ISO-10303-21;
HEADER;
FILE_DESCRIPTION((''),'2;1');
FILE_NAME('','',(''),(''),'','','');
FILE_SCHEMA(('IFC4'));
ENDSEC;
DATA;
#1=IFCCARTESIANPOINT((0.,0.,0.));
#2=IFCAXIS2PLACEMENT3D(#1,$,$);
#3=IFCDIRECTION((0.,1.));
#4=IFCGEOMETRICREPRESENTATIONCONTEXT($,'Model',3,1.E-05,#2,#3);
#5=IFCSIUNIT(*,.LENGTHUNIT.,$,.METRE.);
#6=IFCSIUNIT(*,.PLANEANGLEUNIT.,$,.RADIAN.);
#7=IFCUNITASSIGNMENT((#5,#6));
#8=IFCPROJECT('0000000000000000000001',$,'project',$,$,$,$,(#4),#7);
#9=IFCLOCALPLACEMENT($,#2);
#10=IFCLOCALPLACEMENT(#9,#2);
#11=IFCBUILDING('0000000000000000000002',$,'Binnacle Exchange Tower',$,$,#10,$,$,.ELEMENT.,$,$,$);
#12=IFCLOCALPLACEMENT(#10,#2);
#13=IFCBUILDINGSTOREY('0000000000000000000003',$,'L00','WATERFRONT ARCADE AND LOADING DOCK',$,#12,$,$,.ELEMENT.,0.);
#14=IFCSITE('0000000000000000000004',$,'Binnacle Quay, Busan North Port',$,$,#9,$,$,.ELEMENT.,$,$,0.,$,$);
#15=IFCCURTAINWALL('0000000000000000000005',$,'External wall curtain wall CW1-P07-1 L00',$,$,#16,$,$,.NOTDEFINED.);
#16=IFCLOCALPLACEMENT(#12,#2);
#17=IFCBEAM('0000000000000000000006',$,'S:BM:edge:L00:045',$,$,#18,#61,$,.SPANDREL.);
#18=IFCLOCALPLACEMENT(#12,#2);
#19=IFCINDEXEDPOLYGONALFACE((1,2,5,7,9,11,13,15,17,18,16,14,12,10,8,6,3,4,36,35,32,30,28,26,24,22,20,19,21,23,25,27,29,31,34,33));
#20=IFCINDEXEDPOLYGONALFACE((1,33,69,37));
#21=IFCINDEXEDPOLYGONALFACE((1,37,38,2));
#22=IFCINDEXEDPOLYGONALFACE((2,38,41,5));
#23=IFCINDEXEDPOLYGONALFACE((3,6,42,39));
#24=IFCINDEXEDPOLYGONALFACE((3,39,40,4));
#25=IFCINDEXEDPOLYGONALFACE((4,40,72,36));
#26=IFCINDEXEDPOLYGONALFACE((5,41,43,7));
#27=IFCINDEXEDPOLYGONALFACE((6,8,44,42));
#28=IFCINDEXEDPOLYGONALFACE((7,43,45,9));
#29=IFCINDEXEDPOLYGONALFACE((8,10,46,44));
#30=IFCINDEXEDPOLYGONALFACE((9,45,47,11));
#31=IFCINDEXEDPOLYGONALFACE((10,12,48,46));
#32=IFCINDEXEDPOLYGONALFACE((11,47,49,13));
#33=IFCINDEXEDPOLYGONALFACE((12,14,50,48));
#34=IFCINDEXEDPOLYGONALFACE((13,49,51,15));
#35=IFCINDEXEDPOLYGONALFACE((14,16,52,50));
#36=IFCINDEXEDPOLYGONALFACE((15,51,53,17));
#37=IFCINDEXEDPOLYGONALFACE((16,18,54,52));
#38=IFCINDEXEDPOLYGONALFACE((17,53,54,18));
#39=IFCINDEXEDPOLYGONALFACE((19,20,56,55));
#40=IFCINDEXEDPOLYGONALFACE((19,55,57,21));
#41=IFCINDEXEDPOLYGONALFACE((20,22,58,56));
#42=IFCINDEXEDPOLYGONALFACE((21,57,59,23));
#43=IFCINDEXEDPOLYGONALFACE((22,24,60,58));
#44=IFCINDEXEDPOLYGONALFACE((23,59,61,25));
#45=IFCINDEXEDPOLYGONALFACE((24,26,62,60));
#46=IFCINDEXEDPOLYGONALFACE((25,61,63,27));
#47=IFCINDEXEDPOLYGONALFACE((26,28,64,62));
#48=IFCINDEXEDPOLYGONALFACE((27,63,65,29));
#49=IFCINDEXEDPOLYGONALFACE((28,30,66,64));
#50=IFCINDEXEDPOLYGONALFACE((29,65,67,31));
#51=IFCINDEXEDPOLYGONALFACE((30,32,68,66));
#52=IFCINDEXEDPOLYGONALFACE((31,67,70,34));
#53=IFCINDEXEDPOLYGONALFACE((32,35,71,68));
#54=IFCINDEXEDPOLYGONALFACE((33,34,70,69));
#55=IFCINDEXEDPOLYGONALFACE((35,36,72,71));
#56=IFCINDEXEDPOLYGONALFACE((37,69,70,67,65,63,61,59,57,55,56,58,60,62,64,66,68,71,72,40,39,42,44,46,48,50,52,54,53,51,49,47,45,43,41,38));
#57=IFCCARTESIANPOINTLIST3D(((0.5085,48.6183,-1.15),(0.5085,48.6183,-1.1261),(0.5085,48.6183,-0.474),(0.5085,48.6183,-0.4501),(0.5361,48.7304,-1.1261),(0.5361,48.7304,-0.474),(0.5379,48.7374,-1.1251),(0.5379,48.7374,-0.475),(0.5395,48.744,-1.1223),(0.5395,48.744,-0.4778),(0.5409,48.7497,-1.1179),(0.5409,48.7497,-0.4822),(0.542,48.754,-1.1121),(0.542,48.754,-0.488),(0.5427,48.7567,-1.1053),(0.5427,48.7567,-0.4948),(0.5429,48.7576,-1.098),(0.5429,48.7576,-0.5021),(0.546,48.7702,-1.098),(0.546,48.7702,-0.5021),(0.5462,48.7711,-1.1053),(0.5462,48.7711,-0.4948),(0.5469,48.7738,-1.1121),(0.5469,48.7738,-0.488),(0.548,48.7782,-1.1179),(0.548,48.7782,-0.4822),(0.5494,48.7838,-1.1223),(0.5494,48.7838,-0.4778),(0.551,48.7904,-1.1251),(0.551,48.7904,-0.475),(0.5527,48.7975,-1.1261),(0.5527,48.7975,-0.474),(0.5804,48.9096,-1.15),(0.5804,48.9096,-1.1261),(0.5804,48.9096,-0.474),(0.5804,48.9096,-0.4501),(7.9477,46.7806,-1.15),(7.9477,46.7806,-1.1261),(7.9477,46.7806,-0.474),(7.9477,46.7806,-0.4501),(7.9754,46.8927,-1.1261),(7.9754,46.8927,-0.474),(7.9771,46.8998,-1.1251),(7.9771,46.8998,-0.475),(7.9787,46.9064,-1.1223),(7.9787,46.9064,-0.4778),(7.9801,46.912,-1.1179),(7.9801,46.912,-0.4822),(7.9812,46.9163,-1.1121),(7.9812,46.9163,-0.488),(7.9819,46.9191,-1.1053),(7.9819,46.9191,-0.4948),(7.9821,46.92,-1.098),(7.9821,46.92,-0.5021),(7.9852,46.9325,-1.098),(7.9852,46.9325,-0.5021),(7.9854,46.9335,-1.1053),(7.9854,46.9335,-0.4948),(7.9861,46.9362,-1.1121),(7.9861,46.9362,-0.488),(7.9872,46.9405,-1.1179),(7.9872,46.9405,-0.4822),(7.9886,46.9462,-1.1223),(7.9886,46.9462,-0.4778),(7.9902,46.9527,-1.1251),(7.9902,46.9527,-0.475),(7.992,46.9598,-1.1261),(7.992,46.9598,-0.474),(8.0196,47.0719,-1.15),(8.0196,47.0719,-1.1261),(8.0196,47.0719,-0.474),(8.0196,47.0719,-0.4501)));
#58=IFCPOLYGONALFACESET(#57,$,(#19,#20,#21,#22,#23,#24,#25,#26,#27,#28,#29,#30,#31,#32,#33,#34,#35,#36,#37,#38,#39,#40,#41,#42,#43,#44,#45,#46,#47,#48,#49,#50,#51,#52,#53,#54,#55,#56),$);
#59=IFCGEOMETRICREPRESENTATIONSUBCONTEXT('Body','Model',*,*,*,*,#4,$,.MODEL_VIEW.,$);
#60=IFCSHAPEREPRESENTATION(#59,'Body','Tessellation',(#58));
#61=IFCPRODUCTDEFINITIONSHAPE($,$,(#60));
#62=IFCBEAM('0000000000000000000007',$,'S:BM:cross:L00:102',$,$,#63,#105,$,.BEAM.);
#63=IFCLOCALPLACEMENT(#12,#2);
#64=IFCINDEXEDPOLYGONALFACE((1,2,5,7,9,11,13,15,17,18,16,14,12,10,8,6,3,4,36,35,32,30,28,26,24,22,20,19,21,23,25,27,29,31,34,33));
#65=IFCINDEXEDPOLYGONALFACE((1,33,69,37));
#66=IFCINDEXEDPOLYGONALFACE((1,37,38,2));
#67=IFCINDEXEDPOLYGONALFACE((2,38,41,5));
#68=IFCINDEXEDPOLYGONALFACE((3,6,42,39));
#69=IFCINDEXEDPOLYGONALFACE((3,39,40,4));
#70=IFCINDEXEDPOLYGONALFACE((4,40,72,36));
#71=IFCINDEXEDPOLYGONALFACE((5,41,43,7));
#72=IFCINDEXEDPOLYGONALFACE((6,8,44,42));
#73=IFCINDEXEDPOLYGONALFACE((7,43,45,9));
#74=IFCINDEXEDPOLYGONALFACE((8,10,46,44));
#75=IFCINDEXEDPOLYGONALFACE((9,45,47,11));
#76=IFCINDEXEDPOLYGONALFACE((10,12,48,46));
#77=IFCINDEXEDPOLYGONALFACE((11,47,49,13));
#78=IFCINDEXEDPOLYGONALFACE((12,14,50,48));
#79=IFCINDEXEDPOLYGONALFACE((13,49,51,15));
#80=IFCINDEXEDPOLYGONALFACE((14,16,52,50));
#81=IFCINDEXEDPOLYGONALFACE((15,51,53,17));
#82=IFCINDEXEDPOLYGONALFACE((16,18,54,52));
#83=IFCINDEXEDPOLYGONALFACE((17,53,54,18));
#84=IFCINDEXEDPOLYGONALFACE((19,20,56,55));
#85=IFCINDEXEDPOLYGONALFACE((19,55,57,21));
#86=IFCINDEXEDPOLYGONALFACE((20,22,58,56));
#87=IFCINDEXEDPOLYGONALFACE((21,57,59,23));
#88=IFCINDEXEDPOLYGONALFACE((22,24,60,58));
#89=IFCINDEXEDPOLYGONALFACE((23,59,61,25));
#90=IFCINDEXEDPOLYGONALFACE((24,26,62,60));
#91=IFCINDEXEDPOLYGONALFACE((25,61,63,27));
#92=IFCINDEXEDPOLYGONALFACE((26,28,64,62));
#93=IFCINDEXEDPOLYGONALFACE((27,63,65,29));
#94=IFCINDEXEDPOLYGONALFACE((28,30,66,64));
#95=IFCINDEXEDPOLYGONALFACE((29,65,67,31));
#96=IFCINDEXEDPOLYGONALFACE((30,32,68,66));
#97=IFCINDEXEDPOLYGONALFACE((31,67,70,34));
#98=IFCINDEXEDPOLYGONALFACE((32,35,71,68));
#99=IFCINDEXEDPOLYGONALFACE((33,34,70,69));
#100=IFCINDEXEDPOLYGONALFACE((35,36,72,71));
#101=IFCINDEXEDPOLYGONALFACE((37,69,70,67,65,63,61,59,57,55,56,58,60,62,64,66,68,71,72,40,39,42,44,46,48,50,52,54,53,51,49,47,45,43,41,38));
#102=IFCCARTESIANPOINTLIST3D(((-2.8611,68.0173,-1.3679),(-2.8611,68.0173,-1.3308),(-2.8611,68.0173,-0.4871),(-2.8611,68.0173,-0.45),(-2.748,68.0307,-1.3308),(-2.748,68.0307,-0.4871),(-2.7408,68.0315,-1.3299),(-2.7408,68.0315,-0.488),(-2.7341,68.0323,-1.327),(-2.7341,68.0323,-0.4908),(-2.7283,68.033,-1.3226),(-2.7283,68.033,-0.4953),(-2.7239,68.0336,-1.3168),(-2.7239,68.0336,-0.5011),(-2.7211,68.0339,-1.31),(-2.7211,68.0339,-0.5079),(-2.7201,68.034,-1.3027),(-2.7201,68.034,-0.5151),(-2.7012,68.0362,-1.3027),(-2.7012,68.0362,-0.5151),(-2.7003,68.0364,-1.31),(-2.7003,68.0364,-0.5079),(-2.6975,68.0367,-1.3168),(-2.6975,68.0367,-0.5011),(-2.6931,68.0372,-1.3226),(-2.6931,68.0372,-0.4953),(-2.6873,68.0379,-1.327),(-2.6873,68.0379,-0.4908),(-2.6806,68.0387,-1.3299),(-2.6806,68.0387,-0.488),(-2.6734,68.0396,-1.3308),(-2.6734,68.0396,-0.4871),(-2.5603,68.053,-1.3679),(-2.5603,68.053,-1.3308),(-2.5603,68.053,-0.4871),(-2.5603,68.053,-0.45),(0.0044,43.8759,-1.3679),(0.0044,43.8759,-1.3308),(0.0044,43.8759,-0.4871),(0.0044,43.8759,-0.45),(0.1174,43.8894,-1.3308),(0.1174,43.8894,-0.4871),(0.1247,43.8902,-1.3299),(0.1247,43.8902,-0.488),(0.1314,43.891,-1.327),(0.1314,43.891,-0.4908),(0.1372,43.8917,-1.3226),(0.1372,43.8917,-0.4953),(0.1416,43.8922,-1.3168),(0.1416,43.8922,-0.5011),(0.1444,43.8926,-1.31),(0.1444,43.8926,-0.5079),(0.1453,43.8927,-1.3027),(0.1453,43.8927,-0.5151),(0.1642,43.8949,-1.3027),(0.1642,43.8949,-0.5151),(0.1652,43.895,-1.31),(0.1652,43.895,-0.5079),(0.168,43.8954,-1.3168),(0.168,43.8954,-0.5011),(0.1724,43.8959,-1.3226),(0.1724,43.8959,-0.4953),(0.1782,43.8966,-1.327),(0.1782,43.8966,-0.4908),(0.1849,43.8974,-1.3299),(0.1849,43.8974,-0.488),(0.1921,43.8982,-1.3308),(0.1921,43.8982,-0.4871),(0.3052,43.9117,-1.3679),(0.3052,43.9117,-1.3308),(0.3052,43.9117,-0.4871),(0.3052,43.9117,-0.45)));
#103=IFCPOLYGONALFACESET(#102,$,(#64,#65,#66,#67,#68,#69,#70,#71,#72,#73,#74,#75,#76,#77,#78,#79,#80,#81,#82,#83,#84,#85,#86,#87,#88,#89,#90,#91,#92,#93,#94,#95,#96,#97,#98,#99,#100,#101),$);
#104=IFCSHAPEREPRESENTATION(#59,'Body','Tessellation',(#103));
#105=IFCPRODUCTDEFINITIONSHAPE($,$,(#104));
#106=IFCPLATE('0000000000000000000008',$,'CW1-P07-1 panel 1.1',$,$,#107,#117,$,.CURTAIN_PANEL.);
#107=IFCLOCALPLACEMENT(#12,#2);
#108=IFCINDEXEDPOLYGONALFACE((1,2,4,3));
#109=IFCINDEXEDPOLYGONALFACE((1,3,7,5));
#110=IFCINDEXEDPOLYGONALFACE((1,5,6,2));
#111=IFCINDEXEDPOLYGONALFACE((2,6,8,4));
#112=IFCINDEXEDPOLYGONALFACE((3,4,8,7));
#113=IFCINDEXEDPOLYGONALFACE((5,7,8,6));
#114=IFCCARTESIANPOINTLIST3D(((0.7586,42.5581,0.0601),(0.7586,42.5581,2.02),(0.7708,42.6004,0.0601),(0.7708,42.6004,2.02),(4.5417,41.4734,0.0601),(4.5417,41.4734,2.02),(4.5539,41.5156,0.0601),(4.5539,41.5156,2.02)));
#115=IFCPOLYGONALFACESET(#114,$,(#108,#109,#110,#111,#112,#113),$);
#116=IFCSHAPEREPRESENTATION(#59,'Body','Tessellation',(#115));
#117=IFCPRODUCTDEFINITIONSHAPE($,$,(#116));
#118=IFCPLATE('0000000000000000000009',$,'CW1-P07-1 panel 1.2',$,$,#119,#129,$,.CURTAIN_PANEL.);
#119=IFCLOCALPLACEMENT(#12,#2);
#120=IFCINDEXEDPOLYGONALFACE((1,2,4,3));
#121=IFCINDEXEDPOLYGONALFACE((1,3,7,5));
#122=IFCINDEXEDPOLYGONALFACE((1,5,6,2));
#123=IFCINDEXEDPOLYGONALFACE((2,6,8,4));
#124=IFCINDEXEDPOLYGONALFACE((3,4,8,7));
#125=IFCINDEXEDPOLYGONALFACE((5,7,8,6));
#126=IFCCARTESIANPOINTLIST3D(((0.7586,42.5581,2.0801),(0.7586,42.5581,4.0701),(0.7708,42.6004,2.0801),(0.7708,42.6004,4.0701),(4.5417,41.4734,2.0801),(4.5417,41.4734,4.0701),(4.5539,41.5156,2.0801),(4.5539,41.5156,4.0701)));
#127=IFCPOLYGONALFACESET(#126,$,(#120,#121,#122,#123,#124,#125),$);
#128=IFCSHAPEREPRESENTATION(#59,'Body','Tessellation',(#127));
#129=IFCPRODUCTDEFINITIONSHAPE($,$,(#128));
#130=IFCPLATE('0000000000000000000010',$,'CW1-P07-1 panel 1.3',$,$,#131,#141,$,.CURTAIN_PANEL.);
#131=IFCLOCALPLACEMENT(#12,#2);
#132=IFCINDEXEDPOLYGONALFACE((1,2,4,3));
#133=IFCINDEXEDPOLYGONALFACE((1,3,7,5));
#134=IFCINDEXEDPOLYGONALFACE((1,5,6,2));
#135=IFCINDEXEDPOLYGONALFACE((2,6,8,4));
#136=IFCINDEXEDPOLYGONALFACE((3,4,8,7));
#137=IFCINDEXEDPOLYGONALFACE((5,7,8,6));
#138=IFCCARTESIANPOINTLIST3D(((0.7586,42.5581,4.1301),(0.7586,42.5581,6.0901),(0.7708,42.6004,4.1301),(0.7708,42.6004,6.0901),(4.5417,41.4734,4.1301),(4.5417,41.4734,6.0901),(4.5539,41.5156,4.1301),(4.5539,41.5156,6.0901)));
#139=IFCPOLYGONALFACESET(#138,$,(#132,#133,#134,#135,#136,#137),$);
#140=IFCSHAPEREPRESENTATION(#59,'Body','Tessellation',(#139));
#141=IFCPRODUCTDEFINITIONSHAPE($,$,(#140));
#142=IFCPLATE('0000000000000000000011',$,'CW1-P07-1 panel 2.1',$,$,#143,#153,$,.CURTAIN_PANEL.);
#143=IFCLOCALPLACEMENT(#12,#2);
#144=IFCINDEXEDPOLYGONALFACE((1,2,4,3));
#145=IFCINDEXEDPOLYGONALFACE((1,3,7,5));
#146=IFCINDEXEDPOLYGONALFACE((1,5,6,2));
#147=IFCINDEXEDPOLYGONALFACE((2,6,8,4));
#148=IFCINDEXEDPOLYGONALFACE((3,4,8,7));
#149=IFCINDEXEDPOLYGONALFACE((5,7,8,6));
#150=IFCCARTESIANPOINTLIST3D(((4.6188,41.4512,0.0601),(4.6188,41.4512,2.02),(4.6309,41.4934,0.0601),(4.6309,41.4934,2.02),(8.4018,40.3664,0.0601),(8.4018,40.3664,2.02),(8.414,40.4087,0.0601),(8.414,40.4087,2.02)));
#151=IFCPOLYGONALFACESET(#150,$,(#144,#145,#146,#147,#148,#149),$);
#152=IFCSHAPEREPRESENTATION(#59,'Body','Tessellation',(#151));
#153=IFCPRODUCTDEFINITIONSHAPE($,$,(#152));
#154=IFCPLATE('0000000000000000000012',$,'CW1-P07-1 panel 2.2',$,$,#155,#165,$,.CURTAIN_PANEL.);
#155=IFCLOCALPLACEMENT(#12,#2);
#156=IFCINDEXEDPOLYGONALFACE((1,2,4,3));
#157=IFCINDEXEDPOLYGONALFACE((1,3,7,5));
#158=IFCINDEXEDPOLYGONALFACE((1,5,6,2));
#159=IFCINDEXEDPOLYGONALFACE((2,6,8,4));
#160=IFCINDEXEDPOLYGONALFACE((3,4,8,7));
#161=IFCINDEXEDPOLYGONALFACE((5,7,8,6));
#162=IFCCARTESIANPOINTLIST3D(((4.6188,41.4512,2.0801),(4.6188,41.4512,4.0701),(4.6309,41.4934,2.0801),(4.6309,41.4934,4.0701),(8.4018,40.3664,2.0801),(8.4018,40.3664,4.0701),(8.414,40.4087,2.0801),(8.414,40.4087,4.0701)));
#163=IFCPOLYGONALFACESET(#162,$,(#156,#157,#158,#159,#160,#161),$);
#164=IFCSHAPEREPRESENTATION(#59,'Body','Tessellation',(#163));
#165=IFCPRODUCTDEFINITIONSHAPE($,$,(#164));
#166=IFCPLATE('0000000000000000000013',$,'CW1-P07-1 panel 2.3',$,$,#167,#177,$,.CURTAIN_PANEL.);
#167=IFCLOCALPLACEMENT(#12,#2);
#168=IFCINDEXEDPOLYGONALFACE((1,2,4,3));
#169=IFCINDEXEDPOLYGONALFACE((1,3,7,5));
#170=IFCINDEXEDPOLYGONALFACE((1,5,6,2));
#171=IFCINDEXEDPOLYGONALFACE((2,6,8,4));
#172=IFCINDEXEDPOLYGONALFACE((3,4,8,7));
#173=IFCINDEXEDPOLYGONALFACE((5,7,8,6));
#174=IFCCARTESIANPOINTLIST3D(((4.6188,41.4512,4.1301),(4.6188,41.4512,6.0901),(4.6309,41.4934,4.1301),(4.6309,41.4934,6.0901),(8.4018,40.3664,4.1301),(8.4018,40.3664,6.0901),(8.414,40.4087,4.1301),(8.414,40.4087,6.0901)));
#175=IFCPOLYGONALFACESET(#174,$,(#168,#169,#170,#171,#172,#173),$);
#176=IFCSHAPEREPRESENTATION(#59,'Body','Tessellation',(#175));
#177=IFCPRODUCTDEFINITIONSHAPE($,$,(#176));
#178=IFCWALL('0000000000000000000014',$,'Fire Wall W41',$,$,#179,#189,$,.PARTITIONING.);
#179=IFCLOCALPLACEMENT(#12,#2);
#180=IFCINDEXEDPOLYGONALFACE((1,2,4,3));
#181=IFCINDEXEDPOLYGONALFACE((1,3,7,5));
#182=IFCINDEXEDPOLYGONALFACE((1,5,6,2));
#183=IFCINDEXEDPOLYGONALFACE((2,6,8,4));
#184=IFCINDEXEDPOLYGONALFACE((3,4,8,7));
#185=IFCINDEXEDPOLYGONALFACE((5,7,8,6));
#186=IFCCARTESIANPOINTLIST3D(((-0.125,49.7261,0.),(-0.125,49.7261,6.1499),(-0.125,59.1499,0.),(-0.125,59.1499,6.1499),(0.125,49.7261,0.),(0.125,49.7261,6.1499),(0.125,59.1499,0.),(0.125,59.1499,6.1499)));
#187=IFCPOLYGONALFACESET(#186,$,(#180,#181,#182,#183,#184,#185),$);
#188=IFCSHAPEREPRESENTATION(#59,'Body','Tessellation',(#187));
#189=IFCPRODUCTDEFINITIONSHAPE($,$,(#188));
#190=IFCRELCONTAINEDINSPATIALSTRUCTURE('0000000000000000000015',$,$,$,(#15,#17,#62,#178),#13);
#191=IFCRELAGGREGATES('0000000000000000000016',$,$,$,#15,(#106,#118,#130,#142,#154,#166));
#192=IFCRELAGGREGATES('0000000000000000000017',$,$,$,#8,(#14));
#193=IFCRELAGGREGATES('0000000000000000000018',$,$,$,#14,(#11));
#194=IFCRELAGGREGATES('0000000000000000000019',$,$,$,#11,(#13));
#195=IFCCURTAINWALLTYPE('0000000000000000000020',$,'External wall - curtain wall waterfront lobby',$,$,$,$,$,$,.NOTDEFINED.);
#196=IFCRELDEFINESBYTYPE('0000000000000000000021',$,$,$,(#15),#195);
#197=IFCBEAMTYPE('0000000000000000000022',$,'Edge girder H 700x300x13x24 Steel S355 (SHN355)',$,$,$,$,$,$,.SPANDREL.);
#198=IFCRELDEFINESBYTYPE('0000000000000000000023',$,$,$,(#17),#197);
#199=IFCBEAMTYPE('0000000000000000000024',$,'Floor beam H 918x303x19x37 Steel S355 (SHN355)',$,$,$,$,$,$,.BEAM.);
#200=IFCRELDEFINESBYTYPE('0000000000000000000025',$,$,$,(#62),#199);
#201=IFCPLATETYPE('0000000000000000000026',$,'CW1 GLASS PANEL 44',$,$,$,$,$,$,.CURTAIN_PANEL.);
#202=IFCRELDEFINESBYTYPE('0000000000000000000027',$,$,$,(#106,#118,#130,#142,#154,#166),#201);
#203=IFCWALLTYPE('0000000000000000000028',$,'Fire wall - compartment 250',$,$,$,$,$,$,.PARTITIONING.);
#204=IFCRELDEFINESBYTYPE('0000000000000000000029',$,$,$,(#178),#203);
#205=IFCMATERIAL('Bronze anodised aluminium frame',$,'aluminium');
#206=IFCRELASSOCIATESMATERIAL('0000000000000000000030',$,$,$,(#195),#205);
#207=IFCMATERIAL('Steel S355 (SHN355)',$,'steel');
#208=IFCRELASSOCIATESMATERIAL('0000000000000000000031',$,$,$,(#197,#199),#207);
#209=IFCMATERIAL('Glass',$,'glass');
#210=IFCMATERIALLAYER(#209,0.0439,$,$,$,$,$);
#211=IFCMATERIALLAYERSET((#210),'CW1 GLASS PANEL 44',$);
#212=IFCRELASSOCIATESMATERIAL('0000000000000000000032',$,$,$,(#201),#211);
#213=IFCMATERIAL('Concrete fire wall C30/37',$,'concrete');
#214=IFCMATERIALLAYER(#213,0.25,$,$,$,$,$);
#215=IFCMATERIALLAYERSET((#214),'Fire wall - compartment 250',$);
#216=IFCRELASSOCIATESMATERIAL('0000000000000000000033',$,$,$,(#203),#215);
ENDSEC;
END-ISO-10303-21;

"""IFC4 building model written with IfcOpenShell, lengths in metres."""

from ifc_helpers import new_model, si_unit, direction, frame, frame_2d, origin, origin_2d, place, context, subcontext, project, spatial, rectangle, i_section, extrude, material, layer, layer_set, material_profile, profile_set, type_object, element, aggregate, save


model = new_model("IFC4")

# Units and contexts
model_context = context("Model", 3, precision=1e-05, world=origin(), true_north=direction((0.0, 1.0)))
body_context = subcontext(model_context, "Body", "Model", "MODEL_VIEW")
ifc_project = project(units=[si_unit("LENGTHUNIT", "METRE"), si_unit("PLANEANGLEUNIT", "RADIAN")], contexts=[model_context])

# Site, building, storey
site_placement = place(None, origin())
site = spatial("IfcSite", under=ifc_project, at=site_placement, Name="Binnacle Quay, Busan North Port", CompositionType="ELEMENT", RefElevation=0.0)
building_placement = place(site_placement, origin())
building = spatial("IfcBuilding", under=site, at=building_placement, Name="Binnacle Exchange Tower", CompositionType="ELEMENT")
storey_placement = place(building_placement, origin())
storey = spatial("IfcBuildingStorey", under=building, at=storey_placement, Name="L00", Description="WATERFRONT ARCADE AND LOADING DOCK", CompositionType="ELEMENT", Elevation=0.0)

# Shared definitions
ifc_material_1 = material(Name="Bronze anodised aluminium frame", Category="aluminium")
curtain_wall_type = type_object("IfcCurtainWallType", Name="External wall - curtain wall waterfront lobby", PredefinedType="NOTDEFINED", material=ifc_material_1)

# Curtain wall
curtain_wall_1_placement = place(storey_placement, origin())
curtain_wall_1 = element("IfcCurtainWall", 1, at=curtain_wall_1_placement, inside=storey, type_object=curtain_wall_type, Name="External wall curtain wall CW1-P07-1 L00", PredefinedType="NOTDEFINED")

# Beams
ifc_material_2 = material(Name="Steel S355 (SHN355)", Category="steel")
ifc_material_profile_1 = material_profile(ifc_material_2, i_section(OverallWidth=0.3, OverallDepth=0.7, WebThickness=0.0129, FlangeThickness=0.0239, FilletRadius=0.0281, at=origin_2d()), Name="H 700x300x13x24")
ifc_profile_set_1 = profile_set([ifc_material_profile_1], Name="Steel S355 (SHN355)")
beam_type_1 = type_object("IfcBeamType", Name="Edge girder H 700x300x13x24 Steel S355 (SHN355)", PredefinedType="SPANDREL", material=ifc_profile_set_1)
beam_1_placement = place(storey_placement, frame((0.5444, 48.7639, -0.8), z_axis=(0.970819, -0.239813, 0.0), x_axis=(0.239813, 0.970819, 0.0)))
element("IfcBeam", 2, at=beam_1_placement, inside=storey, type_object=beam_type_1, Name="S:BM:edge:L00:045", PredefinedType="SPANDREL", context=body_context, shape_type="SweptSolid", body=[
    extrude(i_section(OverallWidth=0.3, OverallDepth=0.7, WebThickness=0.0129, FlangeThickness=0.0239, FilletRadius=0.0281, at=origin_2d()), origin(), (0.0, 0.0, 1.0), 7.6628),
])
ifc_material_profile_2 = material_profile(ifc_material_2, i_section(OverallWidth=0.303, OverallDepth=0.918, WebThickness=0.019, FlangeThickness=0.0371, FilletRadius=0.0281, at=origin_2d()), Name="H 918x303x19x37")
ifc_profile_set_2 = profile_set([ifc_material_profile_2], Name="Steel S355 (SHN355)")
beam_type_2 = type_object("IfcBeamType", Name="Floor beam H 918x303x19x37 Steel S355 (SHN355)", PredefinedType="BEAM", material=ifc_profile_set_2)
beam_2_placement = place(storey_placement, frame((0.1548, 43.8938, -0.9089), z_axis=(-0.117868, 0.993029, 0.0), x_axis=(-0.993029, -0.117868, 0.0)))
element("IfcBeam", 3, at=beam_2_placement, inside=storey, type_object=beam_type_2, Name="S:BM:cross:L00:102", PredefinedType="BEAM", context=body_context, shape_type="SweptSolid", body=[
    extrude(i_section(OverallWidth=0.303, OverallDepth=0.918, WebThickness=0.019, FlangeThickness=0.0371, FilletRadius=0.0281, at=origin_2d()), origin(), (0.0, 0.0, 1.0), 24.3108),
])

# Plates
ifc_material_3 = material(Name="Glass", Category="glass")
ifc_layer_1 = layer(ifc_material_3, 0.0439)
ifc_layer_set_1 = layer_set([ifc_layer_1], Name="CW1 GLASS PANEL 44")
plate_type = type_object("IfcPlateType", Name="CW1 GLASS PANEL 44", PredefinedType="CURTAIN_PANEL", material=ifc_layer_set_1)
plate_1_placement = place(storey_placement, frame((2.6562, 42.0369, 0.0601), z_axis=(0.0, 0.0, 1.0), x_axis=(0.961262, -0.275637, 0.0)))
plate_1 = element("IfcPlate", 4, at=plate_1_placement, type_object=plate_type, Name="CW1-P07-1 panel 1.1", PredefinedType="CURTAIN_PANEL", context=body_context, shape_type="SweptSolid", body=[
    extrude(rectangle(XDim=3.9355, YDim=0.0439, at=origin_2d()), origin(), (0.0, 0.0, 1.0), 1.96),
])
plate_2_placement = place(storey_placement, frame((2.6562, 42.0369, 2.0801), z_axis=(0.0, 0.0, 1.0), x_axis=(0.961262, -0.275637, 0.0)))
plate_2 = element("IfcPlate", 5, at=plate_2_placement, type_object=plate_type, Name="CW1-P07-1 panel 1.2", PredefinedType="CURTAIN_PANEL", context=body_context, shape_type="SweptSolid", body=[
    extrude(rectangle(XDim=3.9355, YDim=0.0439, at=origin_2d()), origin(), (0.0, 0.0, 1.0), 1.99),
])
plate_3_placement = place(storey_placement, frame((2.6562, 42.0369, 4.1301), z_axis=(0.0, 0.0, 1.0), x_axis=(0.961262, -0.275637, 0.0)))
plate_3 = element("IfcPlate", 6, at=plate_3_placement, type_object=plate_type, Name="CW1-P07-1 panel 1.3", PredefinedType="CURTAIN_PANEL", context=body_context, shape_type="SweptSolid", body=[
    extrude(rectangle(XDim=3.9355, YDim=0.0439, at=origin_2d()), origin(), (0.0, 0.0, 1.0), 1.96),
])
plate_4_placement = place(storey_placement, frame((6.5164, 40.9299, 0.0601), z_axis=(0.0, 0.0, 1.0), x_axis=(0.961262, -0.275637, 0.0)))
plate_4 = element("IfcPlate", 7, at=plate_4_placement, type_object=plate_type, Name="CW1-P07-1 panel 2.1", PredefinedType="CURTAIN_PANEL", context=body_context, shape_type="SweptSolid", body=[
    extrude(rectangle(XDim=3.9355, YDim=0.0439, at=origin_2d()), origin(), (0.0, 0.0, 1.0), 1.96),
])
plate_5_placement = place(storey_placement, frame((6.5164, 40.9299, 2.0801), z_axis=(0.0, 0.0, 1.0), x_axis=(0.961262, -0.275637, 0.0)))
plate_5 = element("IfcPlate", 8, at=plate_5_placement, type_object=plate_type, Name="CW1-P07-1 panel 2.2", PredefinedType="CURTAIN_PANEL", context=body_context, shape_type="SweptSolid", body=[
    extrude(rectangle(XDim=3.9355, YDim=0.0439, at=origin_2d()), origin(), (0.0, 0.0, 1.0), 1.99),
])
plate_6_placement = place(storey_placement, frame((6.5164, 40.9299, 4.1301), z_axis=(0.0, 0.0, 1.0), x_axis=(0.961262, -0.275637, 0.0)))
plate_6 = element("IfcPlate", 9, at=plate_6_placement, type_object=plate_type, Name="CW1-P07-1 panel 2.3", PredefinedType="CURTAIN_PANEL", context=body_context, shape_type="SweptSolid", body=[
    extrude(rectangle(XDim=3.9355, YDim=0.0439, at=origin_2d()), origin(), (0.0, 0.0, 1.0), 1.96),
])
aggregate(curtain_wall_1, [plate_1, plate_2, plate_3, plate_4, plate_5, plate_6])

# Wall
ifc_material_4 = material(Name="Concrete fire wall C30/37", Category="concrete")
ifc_layer_2 = layer(ifc_material_4, 0.25)
ifc_layer_set_2 = layer_set([ifc_layer_2], Name="Fire wall - compartment 250")
wall_type = type_object("IfcWallType", Name="Fire wall - compartment 250", PredefinedType="PARTITIONING", material=ifc_layer_set_2)
wall_placement = place(storey_placement, frame((0.0, 49.7261, 0.0), z_axis=(0.0, 0.0, 1.0), x_axis=(0.0, 1.0, 0.0)))
element("IfcWall", 10, at=wall_placement, inside=storey, type_object=wall_type, Name="Fire Wall W41", PredefinedType="PARTITIONING", context=body_context, shape_type="SweptSolid", body=[
    extrude(rectangle(XDim=9.4238, YDim=0.25, at=frame_2d((4.7119, 0.0))), origin(), (0.0, 0.0, 1.0), 6.1499),
])

save(model, "model.ifc")
